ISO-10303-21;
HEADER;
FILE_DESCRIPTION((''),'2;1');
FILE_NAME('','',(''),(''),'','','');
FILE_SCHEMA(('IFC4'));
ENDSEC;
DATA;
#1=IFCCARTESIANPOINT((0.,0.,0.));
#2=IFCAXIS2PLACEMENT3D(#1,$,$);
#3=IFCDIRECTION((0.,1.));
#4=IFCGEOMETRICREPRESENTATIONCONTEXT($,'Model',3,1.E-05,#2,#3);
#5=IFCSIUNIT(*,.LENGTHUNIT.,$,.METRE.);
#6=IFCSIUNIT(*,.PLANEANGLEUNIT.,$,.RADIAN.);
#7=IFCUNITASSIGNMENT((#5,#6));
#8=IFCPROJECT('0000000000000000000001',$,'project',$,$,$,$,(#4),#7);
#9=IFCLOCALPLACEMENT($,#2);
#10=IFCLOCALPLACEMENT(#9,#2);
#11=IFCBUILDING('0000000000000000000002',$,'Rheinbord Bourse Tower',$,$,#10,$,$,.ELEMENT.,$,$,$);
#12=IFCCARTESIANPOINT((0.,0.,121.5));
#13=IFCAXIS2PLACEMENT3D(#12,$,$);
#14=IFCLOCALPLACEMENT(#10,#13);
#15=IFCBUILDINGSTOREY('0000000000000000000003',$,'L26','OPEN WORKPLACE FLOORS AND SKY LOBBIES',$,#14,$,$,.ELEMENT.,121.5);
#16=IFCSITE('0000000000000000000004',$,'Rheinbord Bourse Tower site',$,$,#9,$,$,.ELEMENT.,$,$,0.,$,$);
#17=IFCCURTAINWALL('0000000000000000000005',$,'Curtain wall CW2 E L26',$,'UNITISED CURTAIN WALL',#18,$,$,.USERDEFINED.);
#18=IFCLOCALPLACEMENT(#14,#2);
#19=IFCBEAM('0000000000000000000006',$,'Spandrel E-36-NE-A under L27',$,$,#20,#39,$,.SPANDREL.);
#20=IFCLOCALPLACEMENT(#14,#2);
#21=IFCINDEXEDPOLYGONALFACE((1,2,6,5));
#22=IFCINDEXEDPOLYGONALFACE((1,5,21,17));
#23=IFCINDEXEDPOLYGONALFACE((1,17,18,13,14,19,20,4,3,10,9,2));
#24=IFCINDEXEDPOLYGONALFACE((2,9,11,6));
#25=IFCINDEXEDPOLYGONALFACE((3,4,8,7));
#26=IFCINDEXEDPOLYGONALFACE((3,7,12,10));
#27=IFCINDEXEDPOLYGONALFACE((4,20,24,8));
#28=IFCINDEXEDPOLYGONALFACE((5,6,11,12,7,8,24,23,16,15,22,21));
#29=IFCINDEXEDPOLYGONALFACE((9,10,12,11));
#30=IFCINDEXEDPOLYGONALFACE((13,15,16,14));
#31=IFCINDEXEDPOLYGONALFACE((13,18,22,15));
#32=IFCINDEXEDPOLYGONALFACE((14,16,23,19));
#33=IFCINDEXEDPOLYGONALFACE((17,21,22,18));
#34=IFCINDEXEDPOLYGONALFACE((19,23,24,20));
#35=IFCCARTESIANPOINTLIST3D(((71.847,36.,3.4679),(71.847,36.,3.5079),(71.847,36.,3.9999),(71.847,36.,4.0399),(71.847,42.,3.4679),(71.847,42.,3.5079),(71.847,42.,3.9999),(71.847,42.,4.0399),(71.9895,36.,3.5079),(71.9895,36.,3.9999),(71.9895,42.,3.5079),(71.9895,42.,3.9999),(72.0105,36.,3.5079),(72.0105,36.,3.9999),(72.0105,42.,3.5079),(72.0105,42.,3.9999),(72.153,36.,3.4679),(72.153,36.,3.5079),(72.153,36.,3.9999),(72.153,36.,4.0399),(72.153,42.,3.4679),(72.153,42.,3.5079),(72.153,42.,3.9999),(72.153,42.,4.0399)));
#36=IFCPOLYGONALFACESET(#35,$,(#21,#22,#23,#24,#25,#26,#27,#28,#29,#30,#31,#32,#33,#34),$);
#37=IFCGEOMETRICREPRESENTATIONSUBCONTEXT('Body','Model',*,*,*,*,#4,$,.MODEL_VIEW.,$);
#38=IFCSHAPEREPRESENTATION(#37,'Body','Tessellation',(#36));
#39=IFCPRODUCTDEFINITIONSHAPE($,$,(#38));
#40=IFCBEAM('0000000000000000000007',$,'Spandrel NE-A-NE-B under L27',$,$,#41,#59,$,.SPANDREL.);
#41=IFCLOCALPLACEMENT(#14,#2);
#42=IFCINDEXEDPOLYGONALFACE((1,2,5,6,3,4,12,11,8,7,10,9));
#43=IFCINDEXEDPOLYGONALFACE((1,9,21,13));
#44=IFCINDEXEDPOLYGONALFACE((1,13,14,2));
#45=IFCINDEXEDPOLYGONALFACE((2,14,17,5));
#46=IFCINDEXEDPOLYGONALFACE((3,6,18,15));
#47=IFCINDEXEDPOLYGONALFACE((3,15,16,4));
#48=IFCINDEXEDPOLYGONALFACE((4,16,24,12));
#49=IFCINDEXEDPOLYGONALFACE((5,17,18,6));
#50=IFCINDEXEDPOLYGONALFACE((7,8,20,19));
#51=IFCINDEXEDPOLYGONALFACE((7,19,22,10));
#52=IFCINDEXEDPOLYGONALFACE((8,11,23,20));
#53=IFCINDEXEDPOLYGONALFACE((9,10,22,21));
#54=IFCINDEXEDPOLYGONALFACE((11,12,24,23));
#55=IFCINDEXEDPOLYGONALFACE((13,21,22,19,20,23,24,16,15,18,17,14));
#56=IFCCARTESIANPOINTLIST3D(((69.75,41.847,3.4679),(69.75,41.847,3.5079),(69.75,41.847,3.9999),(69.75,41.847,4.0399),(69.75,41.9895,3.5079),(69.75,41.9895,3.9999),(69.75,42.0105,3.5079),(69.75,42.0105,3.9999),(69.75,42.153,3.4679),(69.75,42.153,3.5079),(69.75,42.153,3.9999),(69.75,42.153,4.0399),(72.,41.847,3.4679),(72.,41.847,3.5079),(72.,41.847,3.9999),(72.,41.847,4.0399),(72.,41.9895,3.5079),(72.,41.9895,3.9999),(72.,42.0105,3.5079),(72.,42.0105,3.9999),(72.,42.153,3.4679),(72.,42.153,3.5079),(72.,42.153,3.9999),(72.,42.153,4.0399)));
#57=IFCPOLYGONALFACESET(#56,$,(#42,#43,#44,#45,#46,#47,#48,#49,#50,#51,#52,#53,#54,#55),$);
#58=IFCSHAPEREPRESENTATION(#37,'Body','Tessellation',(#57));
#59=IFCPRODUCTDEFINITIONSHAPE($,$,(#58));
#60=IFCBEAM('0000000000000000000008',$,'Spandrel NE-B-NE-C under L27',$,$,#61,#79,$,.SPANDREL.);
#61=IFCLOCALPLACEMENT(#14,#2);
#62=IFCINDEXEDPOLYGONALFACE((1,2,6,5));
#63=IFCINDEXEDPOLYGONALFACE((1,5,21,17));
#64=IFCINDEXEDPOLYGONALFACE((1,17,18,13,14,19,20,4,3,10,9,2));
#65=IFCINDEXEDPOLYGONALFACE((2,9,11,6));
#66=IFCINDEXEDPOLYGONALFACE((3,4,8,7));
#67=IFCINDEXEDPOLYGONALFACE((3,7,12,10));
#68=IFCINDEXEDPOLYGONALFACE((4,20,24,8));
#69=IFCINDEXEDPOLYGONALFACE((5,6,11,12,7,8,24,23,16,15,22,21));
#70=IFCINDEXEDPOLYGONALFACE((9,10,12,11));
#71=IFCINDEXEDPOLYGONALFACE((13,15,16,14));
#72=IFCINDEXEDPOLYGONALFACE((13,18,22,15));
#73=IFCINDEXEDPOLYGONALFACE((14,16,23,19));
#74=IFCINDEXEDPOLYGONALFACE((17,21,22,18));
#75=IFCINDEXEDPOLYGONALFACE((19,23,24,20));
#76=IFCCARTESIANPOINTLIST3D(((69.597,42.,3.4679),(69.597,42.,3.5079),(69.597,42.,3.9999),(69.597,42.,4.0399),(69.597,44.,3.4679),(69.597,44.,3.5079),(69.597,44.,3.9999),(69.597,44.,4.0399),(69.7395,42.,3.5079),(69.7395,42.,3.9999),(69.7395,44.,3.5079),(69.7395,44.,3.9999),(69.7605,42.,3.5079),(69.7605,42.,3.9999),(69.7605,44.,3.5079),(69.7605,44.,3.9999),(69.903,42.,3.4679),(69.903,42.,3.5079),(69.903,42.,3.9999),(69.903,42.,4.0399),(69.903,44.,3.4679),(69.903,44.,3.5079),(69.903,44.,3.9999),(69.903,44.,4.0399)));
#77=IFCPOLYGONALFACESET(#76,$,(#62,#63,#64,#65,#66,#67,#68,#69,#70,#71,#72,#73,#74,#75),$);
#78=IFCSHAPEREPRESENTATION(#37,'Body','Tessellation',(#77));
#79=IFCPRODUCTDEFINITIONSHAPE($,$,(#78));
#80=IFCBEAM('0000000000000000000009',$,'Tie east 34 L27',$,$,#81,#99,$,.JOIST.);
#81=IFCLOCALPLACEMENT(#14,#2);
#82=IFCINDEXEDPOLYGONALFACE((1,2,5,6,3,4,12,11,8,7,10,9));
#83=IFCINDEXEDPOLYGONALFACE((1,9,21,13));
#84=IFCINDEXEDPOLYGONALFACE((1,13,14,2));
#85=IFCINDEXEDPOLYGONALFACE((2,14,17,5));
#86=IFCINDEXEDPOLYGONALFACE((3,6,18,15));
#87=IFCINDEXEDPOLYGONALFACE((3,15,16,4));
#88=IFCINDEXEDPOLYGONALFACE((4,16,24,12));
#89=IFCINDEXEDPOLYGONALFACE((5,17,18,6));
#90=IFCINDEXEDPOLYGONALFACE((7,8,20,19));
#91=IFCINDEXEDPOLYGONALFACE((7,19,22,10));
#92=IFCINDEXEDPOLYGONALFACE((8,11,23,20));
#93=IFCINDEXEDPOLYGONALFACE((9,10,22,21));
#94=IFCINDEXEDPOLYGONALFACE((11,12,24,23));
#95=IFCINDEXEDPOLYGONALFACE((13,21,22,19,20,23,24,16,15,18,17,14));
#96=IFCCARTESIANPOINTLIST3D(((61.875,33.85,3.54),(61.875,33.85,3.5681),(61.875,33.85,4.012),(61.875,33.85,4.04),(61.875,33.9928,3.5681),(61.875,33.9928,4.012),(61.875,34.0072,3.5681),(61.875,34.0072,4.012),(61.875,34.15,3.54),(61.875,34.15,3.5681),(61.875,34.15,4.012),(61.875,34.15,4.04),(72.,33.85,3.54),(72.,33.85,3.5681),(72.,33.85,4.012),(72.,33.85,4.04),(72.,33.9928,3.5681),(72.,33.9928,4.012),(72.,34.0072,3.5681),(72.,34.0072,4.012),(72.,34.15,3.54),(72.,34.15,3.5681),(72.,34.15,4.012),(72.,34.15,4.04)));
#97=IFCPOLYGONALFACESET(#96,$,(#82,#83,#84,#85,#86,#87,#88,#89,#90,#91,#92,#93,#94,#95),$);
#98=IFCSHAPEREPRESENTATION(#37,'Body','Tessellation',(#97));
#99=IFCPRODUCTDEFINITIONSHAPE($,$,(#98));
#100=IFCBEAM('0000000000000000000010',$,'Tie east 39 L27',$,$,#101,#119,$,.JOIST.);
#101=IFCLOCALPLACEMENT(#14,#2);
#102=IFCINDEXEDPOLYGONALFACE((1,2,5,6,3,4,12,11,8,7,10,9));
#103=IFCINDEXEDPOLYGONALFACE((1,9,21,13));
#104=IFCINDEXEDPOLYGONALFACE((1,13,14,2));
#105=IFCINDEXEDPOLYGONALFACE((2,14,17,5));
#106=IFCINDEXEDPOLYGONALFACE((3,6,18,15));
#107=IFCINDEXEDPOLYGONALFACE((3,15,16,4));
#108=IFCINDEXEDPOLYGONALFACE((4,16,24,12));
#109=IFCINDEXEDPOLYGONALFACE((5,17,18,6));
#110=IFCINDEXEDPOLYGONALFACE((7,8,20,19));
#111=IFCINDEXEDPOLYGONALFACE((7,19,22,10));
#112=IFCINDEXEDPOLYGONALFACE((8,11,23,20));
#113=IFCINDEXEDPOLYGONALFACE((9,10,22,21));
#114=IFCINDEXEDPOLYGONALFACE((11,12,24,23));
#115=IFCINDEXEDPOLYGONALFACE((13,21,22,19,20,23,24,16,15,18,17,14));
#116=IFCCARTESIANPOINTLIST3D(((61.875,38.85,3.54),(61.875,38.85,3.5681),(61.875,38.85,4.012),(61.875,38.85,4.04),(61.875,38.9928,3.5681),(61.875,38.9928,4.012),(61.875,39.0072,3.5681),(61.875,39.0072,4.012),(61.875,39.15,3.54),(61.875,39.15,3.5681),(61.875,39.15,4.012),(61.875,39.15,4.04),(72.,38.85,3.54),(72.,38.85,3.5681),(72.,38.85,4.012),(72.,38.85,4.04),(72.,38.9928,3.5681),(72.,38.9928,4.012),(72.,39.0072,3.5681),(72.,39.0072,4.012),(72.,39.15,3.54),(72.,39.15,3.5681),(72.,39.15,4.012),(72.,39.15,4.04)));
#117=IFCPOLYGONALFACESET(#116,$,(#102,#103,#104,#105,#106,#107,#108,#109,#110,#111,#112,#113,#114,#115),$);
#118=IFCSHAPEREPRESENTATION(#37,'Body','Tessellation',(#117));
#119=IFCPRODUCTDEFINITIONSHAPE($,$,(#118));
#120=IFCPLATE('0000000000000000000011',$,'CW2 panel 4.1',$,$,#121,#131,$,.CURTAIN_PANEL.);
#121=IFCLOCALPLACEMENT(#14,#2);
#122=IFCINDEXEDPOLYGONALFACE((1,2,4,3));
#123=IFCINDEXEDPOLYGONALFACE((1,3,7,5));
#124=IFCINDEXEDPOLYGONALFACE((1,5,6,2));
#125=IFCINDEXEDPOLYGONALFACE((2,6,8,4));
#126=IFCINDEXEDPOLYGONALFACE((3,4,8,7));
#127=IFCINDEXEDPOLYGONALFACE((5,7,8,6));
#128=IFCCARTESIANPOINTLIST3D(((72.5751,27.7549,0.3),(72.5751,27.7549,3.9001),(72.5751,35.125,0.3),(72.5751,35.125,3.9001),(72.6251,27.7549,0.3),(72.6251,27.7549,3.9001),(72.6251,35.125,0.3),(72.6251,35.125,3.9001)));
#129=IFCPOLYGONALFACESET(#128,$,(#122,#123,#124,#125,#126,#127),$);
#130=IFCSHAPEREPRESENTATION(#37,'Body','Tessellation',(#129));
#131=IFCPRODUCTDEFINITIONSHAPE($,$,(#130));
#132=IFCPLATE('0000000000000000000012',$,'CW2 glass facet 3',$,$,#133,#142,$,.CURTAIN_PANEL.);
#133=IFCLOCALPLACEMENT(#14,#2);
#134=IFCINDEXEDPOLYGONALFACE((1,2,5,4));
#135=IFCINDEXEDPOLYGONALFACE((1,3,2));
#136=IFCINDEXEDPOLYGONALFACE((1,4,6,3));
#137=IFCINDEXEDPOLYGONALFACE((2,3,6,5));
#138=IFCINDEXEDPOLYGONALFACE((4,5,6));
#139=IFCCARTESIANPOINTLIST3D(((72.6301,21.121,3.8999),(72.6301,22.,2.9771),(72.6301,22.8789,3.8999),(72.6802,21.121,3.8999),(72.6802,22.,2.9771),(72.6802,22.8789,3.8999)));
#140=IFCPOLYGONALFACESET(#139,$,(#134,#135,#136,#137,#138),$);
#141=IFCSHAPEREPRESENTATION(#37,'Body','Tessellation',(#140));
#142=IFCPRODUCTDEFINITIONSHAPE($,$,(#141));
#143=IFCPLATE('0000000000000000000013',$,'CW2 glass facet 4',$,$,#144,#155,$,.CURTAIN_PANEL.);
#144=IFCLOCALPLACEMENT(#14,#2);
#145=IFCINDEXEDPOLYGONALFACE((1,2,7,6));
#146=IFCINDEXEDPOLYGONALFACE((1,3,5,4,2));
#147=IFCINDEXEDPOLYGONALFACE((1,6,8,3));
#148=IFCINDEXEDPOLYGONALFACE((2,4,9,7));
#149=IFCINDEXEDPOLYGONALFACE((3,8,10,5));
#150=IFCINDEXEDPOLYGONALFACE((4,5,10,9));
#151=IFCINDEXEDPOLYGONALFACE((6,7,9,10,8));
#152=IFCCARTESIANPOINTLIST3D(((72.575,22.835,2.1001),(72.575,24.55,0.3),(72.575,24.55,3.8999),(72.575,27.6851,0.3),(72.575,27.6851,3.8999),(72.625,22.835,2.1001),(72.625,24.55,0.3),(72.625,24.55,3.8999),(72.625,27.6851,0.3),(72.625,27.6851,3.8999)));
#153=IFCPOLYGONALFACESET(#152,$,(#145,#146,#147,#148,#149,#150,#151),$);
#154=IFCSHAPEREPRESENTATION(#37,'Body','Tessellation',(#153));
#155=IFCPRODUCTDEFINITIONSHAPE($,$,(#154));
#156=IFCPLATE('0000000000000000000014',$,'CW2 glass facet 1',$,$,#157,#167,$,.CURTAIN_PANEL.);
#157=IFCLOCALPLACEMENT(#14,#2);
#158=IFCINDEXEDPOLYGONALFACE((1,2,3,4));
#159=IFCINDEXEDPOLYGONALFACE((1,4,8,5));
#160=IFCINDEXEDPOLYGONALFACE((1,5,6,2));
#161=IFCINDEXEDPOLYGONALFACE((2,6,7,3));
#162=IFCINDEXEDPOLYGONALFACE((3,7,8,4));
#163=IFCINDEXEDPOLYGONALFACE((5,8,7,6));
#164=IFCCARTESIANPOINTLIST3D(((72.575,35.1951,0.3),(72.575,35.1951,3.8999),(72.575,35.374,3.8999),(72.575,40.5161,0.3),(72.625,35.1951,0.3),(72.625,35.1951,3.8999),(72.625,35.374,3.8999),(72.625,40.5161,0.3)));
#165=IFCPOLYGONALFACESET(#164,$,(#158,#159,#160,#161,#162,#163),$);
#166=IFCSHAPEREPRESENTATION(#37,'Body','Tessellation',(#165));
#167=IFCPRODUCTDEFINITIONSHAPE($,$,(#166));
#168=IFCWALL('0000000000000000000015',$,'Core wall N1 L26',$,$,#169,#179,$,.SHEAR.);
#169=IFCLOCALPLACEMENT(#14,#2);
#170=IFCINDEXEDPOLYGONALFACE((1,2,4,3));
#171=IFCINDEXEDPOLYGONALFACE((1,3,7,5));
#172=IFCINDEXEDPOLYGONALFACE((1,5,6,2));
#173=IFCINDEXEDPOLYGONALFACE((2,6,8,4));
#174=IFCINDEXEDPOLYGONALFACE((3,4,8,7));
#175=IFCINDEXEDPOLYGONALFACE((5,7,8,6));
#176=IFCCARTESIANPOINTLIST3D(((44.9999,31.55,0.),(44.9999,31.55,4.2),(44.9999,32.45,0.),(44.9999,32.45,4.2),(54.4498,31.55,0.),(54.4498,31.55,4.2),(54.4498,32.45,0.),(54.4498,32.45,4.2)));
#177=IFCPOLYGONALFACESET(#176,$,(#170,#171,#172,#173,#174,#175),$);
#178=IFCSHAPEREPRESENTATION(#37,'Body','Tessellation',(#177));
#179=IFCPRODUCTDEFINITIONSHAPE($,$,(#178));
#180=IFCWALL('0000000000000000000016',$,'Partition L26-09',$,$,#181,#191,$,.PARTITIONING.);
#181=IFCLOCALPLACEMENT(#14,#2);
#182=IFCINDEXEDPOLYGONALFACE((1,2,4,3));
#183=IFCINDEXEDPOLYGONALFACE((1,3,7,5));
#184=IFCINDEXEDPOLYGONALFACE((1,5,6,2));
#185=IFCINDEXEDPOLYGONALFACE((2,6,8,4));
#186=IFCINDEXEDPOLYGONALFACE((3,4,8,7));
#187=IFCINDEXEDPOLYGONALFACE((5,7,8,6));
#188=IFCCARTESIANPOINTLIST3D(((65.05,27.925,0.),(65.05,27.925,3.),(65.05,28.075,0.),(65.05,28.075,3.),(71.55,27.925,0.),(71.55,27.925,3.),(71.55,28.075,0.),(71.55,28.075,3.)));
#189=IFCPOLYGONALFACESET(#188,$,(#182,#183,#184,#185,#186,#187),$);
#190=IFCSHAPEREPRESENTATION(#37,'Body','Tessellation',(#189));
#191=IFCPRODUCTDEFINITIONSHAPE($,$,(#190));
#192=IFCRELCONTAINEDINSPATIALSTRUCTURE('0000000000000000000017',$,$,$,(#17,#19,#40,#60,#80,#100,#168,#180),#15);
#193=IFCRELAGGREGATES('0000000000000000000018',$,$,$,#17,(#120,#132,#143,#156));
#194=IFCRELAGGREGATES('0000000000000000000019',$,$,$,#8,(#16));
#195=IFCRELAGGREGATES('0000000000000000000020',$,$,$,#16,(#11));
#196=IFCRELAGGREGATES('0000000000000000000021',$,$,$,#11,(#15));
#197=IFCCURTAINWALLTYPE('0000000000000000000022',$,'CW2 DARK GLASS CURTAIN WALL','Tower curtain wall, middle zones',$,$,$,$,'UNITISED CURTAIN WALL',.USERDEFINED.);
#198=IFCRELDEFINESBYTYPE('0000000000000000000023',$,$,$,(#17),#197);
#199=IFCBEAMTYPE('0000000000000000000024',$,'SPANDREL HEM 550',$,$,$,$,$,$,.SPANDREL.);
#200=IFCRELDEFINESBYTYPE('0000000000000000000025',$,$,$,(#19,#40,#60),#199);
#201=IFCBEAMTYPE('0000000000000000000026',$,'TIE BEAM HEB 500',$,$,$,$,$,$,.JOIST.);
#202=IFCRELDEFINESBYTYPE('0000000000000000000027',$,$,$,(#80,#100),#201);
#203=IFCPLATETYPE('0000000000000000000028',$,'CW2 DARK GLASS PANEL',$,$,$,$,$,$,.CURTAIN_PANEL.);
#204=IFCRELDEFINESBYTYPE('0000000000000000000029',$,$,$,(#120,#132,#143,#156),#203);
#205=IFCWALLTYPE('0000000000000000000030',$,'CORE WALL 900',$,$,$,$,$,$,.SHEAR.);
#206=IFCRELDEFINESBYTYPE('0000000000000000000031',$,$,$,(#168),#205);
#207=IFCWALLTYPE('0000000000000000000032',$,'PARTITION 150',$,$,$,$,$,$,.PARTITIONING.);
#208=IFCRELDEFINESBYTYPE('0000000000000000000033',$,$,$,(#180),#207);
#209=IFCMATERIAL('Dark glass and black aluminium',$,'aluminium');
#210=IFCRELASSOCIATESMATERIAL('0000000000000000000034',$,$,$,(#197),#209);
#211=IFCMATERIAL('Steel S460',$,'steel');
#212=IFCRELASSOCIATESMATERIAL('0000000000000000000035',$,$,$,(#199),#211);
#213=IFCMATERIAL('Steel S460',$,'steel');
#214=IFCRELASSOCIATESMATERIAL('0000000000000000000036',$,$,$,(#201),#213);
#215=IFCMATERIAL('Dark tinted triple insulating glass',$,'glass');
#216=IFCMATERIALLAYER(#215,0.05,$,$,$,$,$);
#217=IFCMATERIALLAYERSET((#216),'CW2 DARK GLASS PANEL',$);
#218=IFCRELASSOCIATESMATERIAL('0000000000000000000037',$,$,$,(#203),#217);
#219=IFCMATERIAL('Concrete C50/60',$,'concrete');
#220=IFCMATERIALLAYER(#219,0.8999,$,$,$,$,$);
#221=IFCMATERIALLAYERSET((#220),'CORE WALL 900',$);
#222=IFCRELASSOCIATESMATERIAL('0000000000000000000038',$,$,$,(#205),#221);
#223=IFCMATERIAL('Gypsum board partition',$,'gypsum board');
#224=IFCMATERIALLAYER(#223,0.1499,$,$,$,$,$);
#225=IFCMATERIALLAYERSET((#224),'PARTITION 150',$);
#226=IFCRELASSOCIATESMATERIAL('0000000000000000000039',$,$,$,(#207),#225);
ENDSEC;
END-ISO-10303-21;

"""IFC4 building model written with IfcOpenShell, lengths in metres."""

from ifc_helpers import new_model, si_unit, direction, frame, frame_2d, origin, origin_2d, place, context, subcontext, project, spatial, polyline, rectangle, i_section, outline, extrude, material, layer, layer_set, material_profile, profile_set, type_object, element, aggregate, save


model = new_model("IFC4")

# Units and contexts
model_context = context("Model", 3, precision=1e-05, world=origin(), true_north=direction((0.0, 1.0)))
body_context = subcontext(model_context, "Body", "Model", "MODEL_VIEW")
ifc_project = project(units=[si_unit("LENGTHUNIT", "METRE"), si_unit("PLANEANGLEUNIT", "RADIAN")], contexts=[model_context])

# Site, building, storey
site_placement = place(None, origin())
site = spatial("IfcSite", under=ifc_project, at=site_placement, Name="Rheinbord Bourse Tower site", CompositionType="ELEMENT", RefElevation=0.0)
building_placement = place(site_placement, origin())
building = spatial("IfcBuilding", under=site, at=building_placement, Name="Rheinbord Bourse Tower", CompositionType="ELEMENT")
storey_placement = place(building_placement, frame((0.0, 0.0, 121.5)))
storey = spatial("IfcBuildingStorey", under=building, at=storey_placement, Name="L26", Description="OPEN WORKPLACE FLOORS AND SKY LOBBIES", CompositionType="ELEMENT", Elevation=121.5)

# Curtain wall
ifc_material_1 = material(Name="Dark glass and black aluminium", Category="aluminium")
curtain_wall_type = type_object("IfcCurtainWallType", Name="CW2 DARK GLASS CURTAIN WALL", Description="Tower curtain wall, middle zones", ElementType="UNITISED CURTAIN WALL", PredefinedType="USERDEFINED", material=ifc_material_1)
curtain_wall_placement = place(storey_placement, origin())
curtain_wall = element("IfcCurtainWall", 1, at=curtain_wall_placement, inside=storey, type_object=curtain_wall_type, Name="Curtain wall CW2 E L26", ObjectType="UNITISED CURTAIN WALL", PredefinedType="USERDEFINED")

# Beams
ifc_material_2 = material(Name="Steel S460", Category="steel")
ifc_material_profile_1 = material_profile(ifc_material_2, i_section(OverallWidth=0.3059, OverallDepth=0.572, WebThickness=0.021, FlangeThickness=0.04, at=origin_2d()), Name="HEM 550")
ifc_profile_set_1 = profile_set([ifc_material_profile_1], Name="Steel S460")
beam_type_1 = type_object("IfcBeamType", Name="SPANDREL HEM 550", PredefinedType="SPANDREL", material=ifc_profile_set_1)
beam_1_placement = place(storey_placement, frame((72.0, 36.0, 3.7539), z_axis=(0.0, 1.0, 0.0), x_axis=(-1.0, 0.0, 0.0)))
element("IfcBeam", 2, at=beam_1_placement, inside=storey, type_object=beam_type_1, Name="Spandrel E-36-NE-A under L27", PredefinedType="SPANDREL", context=body_context, shape_type="SweptSolid", body=[
    extrude(i_section(OverallWidth=0.3059, OverallDepth=0.572, WebThickness=0.021, FlangeThickness=0.04, at=origin_2d()), origin(), (0.0, 0.0, 1.0), 6.0),
])
beam_2_placement = place(storey_placement, frame((72.0, 42.0, 3.7539), z_axis=(-1.0, 0.0, 0.0), x_axis=(0.0, -1.0, 0.0)))
element("IfcBeam", 3, at=beam_2_placement, inside=storey, type_object=beam_type_1, Name="Spandrel NE-A-NE-B under L27", PredefinedType="SPANDREL", context=body_context, shape_type="SweptSolid", body=[
    extrude(i_section(OverallWidth=0.3059, OverallDepth=0.572, WebThickness=0.021, FlangeThickness=0.04, at=origin_2d()), origin(), (0.0, 0.0, 1.0), 2.25),
])
beam_3_placement = place(storey_placement, frame((69.75, 42.0, 3.7539), z_axis=(0.0, 1.0, 0.0), x_axis=(-1.0, 0.0, 0.0)))
element("IfcBeam", 4, at=beam_3_placement, inside=storey, type_object=beam_type_1, Name="Spandrel NE-B-NE-C under L27", PredefinedType="SPANDREL", context=body_context, shape_type="SweptSolid", body=[
    extrude(i_section(OverallWidth=0.3059, OverallDepth=0.572, WebThickness=0.021, FlangeThickness=0.04, at=origin_2d()), origin(), (0.0, 0.0, 1.0), 2.0),
])
ifc_material_3 = material(Name="Steel S460", Category="steel")
ifc_material_profile_2 = material_profile(ifc_material_3, i_section(OverallWidth=0.3, OverallDepth=0.5, WebThickness=0.0144, FlangeThickness=0.0281, at=origin_2d()), Name="HEB 500")
ifc_profile_set_2 = profile_set([ifc_material_profile_2], Name="Steel S460")
beam_type_2 = type_object("IfcBeamType", Name="TIE BEAM HEB 500", PredefinedType="JOIST", material=ifc_profile_set_2)
for number, where, z_axis, x_axis, name in (
    (5, (61.875, 34.0, 3.79), (1.0, 0.0, 0.0), (0.0, 1.0, 0.0), "Tie east 34 L27"),
    (6, (61.875, 39.0, 3.79), (1.0, 0.0, 0.0), (0.0, 1.0, 0.0), "Tie east 39 L27"),
):
    element("IfcBeam", number, at=place(storey_placement, frame(where, z_axis=z_axis, x_axis=x_axis)), inside=storey, type_object=beam_type_2, Name=name, PredefinedType="JOIST", context=body_context, shape_type="SweptSolid", body=[
        extrude(i_section(OverallWidth=0.3, OverallDepth=0.5, WebThickness=0.0144, FlangeThickness=0.0281, at=origin_2d()), origin(), (0.0, 0.0, 1.0), 10.125),
    ])

# Plates
ifc_material_4 = material(Name="Dark tinted triple insulating glass", Category="glass")
ifc_layer_1 = layer(ifc_material_4, 0.05)
ifc_layer_set_1 = layer_set([ifc_layer_1], Name="CW2 DARK GLASS PANEL")
plate_type = type_object("IfcPlateType", Name="CW2 DARK GLASS PANEL", PredefinedType="CURTAIN_PANEL", material=ifc_layer_set_1)
plate_1_placement = place(storey_placement, frame((72.6001, 31.4399, 0.3), z_axis=(0.0, 0.0, 1.0), x_axis=(0.0, 1.0, 0.0)))
plate_1 = element("IfcPlate", 7, at=plate_1_placement, type_object=plate_type, Name="CW2 panel 4.1", PredefinedType="CURTAIN_PANEL", context=body_context, shape_type="SweptSolid", body=[
    extrude(rectangle(XDim=7.3701, YDim=0.05, at=origin_2d()), origin(), (0.0, 0.0, 1.0), 3.6001),
])
plate_2_placement = place(storey_placement, frame((72.6802, 22.8789, 3.8999), z_axis=(-1.0, 0.0, 0.0), x_axis=(0.0, -0.689655, -0.724138)))
plate_2 = element("IfcPlate", 8, at=plate_2_placement, type_object=plate_type, Name="CW2 glass facet 3", PredefinedType="CURTAIN_PANEL", context=body_context, shape_type="SweptSolid", body=[
    extrude(outline(polyline([(0.0, 0.0), (1.2744, 0.0), (1.2124, 1.2729), (0.0, 0.0)])), origin(), (0.0, 0.0, 1.0), 0.05),
])
plate_3_placement = place(storey_placement, frame((72.625, 27.6851, 3.8999), z_axis=(-1.0, 0.0, 0.0), x_axis=(0.0, 0.0, -1.0)))
plate_3 = element("IfcPlate", 9, at=plate_3_placement, type_object=plate_type, Name="CW2 glass facet 4", PredefinedType="CURTAIN_PANEL", context=body_context, shape_type="SweptSolid", body=[
    extrude(outline(polyline([(0.0, 0.0), (3.5999, 0.0), (3.5999, 3.135), (1.7998, 4.8501), (0.0, 3.135), (0.0, 0.0)])), origin(), (0.0, 0.0, 1.0), 0.05),
])
plate_4_placement = place(storey_placement, frame((72.625, 35.1951, 0.3), z_axis=(-1.0, 0.0, 0.0), x_axis=(0.0, 0.0, 1.0)))
plate_4 = element("IfcPlate", 10, at=plate_4_placement, type_object=plate_type, Name="CW2 glass facet 1", PredefinedType="CURTAIN_PANEL", context=body_context, shape_type="SweptSolid", body=[
    extrude(outline(polyline([(0.0, 0.0), (3.5999, 0.0), (3.5999, 0.179), (0.0, 5.321), (0.0, 0.0)])), origin(), (0.0, 0.0, 1.0), 0.05),
])
aggregate(curtain_wall, [plate_1, plate_2, plate_3, plate_4])

# Walls
ifc_material_5 = material(Name="Concrete C50/60", Category="concrete")
ifc_layer_2 = layer(ifc_material_5, 0.8999)
ifc_layer_set_2 = layer_set([ifc_layer_2], Name="CORE WALL 900")
wall_type_1 = type_object("IfcWallType", Name="CORE WALL 900", PredefinedType="SHEAR", material=ifc_layer_set_2)
wall_1_placement = place(storey_placement, frame((54.45, 32.0, 0.0), z_axis=(0.0, 0.0, 1.0), x_axis=(-1.0, 0.0, 0.0)))
element("IfcWall", 11, at=wall_1_placement, inside=storey, type_object=wall_type_1, Name="Core wall N1 L26", PredefinedType="SHEAR", context=body_context, shape_type="SweptSolid", body=[
    extrude(rectangle(XDim=9.45, YDim=0.8999, at=frame_2d((4.7251, 0.0))), origin(), (0.0, 0.0, 1.0), 4.2),
])
ifc_material_6 = material(Name="Gypsum board partition", Category="gypsum board")
ifc_layer_3 = layer(ifc_material_6, 0.1499)
ifc_layer_set_3 = layer_set([ifc_layer_3], Name="PARTITION 150")
wall_type_2 = type_object("IfcWallType", Name="PARTITION 150", PredefinedType="PARTITIONING", material=ifc_layer_set_3)
wall_2_placement = place(storey_placement, frame((65.05, 28.0, 0.0), z_axis=(0.0, 0.0, 1.0), x_axis=(1.0, 0.0, 0.0)))
element("IfcWall", 12, at=wall_2_placement, inside=storey, type_object=wall_type_2, Name="Partition L26-09", PredefinedType="PARTITIONING", context=body_context, shape_type="SweptSolid", body=[
    extrude(rectangle(XDim=6.5, YDim=0.1499, at=frame_2d((3.25, 0.0))), origin(), (0.0, 0.0, 1.0), 3.0),
])

save(model, "model.ifc")
